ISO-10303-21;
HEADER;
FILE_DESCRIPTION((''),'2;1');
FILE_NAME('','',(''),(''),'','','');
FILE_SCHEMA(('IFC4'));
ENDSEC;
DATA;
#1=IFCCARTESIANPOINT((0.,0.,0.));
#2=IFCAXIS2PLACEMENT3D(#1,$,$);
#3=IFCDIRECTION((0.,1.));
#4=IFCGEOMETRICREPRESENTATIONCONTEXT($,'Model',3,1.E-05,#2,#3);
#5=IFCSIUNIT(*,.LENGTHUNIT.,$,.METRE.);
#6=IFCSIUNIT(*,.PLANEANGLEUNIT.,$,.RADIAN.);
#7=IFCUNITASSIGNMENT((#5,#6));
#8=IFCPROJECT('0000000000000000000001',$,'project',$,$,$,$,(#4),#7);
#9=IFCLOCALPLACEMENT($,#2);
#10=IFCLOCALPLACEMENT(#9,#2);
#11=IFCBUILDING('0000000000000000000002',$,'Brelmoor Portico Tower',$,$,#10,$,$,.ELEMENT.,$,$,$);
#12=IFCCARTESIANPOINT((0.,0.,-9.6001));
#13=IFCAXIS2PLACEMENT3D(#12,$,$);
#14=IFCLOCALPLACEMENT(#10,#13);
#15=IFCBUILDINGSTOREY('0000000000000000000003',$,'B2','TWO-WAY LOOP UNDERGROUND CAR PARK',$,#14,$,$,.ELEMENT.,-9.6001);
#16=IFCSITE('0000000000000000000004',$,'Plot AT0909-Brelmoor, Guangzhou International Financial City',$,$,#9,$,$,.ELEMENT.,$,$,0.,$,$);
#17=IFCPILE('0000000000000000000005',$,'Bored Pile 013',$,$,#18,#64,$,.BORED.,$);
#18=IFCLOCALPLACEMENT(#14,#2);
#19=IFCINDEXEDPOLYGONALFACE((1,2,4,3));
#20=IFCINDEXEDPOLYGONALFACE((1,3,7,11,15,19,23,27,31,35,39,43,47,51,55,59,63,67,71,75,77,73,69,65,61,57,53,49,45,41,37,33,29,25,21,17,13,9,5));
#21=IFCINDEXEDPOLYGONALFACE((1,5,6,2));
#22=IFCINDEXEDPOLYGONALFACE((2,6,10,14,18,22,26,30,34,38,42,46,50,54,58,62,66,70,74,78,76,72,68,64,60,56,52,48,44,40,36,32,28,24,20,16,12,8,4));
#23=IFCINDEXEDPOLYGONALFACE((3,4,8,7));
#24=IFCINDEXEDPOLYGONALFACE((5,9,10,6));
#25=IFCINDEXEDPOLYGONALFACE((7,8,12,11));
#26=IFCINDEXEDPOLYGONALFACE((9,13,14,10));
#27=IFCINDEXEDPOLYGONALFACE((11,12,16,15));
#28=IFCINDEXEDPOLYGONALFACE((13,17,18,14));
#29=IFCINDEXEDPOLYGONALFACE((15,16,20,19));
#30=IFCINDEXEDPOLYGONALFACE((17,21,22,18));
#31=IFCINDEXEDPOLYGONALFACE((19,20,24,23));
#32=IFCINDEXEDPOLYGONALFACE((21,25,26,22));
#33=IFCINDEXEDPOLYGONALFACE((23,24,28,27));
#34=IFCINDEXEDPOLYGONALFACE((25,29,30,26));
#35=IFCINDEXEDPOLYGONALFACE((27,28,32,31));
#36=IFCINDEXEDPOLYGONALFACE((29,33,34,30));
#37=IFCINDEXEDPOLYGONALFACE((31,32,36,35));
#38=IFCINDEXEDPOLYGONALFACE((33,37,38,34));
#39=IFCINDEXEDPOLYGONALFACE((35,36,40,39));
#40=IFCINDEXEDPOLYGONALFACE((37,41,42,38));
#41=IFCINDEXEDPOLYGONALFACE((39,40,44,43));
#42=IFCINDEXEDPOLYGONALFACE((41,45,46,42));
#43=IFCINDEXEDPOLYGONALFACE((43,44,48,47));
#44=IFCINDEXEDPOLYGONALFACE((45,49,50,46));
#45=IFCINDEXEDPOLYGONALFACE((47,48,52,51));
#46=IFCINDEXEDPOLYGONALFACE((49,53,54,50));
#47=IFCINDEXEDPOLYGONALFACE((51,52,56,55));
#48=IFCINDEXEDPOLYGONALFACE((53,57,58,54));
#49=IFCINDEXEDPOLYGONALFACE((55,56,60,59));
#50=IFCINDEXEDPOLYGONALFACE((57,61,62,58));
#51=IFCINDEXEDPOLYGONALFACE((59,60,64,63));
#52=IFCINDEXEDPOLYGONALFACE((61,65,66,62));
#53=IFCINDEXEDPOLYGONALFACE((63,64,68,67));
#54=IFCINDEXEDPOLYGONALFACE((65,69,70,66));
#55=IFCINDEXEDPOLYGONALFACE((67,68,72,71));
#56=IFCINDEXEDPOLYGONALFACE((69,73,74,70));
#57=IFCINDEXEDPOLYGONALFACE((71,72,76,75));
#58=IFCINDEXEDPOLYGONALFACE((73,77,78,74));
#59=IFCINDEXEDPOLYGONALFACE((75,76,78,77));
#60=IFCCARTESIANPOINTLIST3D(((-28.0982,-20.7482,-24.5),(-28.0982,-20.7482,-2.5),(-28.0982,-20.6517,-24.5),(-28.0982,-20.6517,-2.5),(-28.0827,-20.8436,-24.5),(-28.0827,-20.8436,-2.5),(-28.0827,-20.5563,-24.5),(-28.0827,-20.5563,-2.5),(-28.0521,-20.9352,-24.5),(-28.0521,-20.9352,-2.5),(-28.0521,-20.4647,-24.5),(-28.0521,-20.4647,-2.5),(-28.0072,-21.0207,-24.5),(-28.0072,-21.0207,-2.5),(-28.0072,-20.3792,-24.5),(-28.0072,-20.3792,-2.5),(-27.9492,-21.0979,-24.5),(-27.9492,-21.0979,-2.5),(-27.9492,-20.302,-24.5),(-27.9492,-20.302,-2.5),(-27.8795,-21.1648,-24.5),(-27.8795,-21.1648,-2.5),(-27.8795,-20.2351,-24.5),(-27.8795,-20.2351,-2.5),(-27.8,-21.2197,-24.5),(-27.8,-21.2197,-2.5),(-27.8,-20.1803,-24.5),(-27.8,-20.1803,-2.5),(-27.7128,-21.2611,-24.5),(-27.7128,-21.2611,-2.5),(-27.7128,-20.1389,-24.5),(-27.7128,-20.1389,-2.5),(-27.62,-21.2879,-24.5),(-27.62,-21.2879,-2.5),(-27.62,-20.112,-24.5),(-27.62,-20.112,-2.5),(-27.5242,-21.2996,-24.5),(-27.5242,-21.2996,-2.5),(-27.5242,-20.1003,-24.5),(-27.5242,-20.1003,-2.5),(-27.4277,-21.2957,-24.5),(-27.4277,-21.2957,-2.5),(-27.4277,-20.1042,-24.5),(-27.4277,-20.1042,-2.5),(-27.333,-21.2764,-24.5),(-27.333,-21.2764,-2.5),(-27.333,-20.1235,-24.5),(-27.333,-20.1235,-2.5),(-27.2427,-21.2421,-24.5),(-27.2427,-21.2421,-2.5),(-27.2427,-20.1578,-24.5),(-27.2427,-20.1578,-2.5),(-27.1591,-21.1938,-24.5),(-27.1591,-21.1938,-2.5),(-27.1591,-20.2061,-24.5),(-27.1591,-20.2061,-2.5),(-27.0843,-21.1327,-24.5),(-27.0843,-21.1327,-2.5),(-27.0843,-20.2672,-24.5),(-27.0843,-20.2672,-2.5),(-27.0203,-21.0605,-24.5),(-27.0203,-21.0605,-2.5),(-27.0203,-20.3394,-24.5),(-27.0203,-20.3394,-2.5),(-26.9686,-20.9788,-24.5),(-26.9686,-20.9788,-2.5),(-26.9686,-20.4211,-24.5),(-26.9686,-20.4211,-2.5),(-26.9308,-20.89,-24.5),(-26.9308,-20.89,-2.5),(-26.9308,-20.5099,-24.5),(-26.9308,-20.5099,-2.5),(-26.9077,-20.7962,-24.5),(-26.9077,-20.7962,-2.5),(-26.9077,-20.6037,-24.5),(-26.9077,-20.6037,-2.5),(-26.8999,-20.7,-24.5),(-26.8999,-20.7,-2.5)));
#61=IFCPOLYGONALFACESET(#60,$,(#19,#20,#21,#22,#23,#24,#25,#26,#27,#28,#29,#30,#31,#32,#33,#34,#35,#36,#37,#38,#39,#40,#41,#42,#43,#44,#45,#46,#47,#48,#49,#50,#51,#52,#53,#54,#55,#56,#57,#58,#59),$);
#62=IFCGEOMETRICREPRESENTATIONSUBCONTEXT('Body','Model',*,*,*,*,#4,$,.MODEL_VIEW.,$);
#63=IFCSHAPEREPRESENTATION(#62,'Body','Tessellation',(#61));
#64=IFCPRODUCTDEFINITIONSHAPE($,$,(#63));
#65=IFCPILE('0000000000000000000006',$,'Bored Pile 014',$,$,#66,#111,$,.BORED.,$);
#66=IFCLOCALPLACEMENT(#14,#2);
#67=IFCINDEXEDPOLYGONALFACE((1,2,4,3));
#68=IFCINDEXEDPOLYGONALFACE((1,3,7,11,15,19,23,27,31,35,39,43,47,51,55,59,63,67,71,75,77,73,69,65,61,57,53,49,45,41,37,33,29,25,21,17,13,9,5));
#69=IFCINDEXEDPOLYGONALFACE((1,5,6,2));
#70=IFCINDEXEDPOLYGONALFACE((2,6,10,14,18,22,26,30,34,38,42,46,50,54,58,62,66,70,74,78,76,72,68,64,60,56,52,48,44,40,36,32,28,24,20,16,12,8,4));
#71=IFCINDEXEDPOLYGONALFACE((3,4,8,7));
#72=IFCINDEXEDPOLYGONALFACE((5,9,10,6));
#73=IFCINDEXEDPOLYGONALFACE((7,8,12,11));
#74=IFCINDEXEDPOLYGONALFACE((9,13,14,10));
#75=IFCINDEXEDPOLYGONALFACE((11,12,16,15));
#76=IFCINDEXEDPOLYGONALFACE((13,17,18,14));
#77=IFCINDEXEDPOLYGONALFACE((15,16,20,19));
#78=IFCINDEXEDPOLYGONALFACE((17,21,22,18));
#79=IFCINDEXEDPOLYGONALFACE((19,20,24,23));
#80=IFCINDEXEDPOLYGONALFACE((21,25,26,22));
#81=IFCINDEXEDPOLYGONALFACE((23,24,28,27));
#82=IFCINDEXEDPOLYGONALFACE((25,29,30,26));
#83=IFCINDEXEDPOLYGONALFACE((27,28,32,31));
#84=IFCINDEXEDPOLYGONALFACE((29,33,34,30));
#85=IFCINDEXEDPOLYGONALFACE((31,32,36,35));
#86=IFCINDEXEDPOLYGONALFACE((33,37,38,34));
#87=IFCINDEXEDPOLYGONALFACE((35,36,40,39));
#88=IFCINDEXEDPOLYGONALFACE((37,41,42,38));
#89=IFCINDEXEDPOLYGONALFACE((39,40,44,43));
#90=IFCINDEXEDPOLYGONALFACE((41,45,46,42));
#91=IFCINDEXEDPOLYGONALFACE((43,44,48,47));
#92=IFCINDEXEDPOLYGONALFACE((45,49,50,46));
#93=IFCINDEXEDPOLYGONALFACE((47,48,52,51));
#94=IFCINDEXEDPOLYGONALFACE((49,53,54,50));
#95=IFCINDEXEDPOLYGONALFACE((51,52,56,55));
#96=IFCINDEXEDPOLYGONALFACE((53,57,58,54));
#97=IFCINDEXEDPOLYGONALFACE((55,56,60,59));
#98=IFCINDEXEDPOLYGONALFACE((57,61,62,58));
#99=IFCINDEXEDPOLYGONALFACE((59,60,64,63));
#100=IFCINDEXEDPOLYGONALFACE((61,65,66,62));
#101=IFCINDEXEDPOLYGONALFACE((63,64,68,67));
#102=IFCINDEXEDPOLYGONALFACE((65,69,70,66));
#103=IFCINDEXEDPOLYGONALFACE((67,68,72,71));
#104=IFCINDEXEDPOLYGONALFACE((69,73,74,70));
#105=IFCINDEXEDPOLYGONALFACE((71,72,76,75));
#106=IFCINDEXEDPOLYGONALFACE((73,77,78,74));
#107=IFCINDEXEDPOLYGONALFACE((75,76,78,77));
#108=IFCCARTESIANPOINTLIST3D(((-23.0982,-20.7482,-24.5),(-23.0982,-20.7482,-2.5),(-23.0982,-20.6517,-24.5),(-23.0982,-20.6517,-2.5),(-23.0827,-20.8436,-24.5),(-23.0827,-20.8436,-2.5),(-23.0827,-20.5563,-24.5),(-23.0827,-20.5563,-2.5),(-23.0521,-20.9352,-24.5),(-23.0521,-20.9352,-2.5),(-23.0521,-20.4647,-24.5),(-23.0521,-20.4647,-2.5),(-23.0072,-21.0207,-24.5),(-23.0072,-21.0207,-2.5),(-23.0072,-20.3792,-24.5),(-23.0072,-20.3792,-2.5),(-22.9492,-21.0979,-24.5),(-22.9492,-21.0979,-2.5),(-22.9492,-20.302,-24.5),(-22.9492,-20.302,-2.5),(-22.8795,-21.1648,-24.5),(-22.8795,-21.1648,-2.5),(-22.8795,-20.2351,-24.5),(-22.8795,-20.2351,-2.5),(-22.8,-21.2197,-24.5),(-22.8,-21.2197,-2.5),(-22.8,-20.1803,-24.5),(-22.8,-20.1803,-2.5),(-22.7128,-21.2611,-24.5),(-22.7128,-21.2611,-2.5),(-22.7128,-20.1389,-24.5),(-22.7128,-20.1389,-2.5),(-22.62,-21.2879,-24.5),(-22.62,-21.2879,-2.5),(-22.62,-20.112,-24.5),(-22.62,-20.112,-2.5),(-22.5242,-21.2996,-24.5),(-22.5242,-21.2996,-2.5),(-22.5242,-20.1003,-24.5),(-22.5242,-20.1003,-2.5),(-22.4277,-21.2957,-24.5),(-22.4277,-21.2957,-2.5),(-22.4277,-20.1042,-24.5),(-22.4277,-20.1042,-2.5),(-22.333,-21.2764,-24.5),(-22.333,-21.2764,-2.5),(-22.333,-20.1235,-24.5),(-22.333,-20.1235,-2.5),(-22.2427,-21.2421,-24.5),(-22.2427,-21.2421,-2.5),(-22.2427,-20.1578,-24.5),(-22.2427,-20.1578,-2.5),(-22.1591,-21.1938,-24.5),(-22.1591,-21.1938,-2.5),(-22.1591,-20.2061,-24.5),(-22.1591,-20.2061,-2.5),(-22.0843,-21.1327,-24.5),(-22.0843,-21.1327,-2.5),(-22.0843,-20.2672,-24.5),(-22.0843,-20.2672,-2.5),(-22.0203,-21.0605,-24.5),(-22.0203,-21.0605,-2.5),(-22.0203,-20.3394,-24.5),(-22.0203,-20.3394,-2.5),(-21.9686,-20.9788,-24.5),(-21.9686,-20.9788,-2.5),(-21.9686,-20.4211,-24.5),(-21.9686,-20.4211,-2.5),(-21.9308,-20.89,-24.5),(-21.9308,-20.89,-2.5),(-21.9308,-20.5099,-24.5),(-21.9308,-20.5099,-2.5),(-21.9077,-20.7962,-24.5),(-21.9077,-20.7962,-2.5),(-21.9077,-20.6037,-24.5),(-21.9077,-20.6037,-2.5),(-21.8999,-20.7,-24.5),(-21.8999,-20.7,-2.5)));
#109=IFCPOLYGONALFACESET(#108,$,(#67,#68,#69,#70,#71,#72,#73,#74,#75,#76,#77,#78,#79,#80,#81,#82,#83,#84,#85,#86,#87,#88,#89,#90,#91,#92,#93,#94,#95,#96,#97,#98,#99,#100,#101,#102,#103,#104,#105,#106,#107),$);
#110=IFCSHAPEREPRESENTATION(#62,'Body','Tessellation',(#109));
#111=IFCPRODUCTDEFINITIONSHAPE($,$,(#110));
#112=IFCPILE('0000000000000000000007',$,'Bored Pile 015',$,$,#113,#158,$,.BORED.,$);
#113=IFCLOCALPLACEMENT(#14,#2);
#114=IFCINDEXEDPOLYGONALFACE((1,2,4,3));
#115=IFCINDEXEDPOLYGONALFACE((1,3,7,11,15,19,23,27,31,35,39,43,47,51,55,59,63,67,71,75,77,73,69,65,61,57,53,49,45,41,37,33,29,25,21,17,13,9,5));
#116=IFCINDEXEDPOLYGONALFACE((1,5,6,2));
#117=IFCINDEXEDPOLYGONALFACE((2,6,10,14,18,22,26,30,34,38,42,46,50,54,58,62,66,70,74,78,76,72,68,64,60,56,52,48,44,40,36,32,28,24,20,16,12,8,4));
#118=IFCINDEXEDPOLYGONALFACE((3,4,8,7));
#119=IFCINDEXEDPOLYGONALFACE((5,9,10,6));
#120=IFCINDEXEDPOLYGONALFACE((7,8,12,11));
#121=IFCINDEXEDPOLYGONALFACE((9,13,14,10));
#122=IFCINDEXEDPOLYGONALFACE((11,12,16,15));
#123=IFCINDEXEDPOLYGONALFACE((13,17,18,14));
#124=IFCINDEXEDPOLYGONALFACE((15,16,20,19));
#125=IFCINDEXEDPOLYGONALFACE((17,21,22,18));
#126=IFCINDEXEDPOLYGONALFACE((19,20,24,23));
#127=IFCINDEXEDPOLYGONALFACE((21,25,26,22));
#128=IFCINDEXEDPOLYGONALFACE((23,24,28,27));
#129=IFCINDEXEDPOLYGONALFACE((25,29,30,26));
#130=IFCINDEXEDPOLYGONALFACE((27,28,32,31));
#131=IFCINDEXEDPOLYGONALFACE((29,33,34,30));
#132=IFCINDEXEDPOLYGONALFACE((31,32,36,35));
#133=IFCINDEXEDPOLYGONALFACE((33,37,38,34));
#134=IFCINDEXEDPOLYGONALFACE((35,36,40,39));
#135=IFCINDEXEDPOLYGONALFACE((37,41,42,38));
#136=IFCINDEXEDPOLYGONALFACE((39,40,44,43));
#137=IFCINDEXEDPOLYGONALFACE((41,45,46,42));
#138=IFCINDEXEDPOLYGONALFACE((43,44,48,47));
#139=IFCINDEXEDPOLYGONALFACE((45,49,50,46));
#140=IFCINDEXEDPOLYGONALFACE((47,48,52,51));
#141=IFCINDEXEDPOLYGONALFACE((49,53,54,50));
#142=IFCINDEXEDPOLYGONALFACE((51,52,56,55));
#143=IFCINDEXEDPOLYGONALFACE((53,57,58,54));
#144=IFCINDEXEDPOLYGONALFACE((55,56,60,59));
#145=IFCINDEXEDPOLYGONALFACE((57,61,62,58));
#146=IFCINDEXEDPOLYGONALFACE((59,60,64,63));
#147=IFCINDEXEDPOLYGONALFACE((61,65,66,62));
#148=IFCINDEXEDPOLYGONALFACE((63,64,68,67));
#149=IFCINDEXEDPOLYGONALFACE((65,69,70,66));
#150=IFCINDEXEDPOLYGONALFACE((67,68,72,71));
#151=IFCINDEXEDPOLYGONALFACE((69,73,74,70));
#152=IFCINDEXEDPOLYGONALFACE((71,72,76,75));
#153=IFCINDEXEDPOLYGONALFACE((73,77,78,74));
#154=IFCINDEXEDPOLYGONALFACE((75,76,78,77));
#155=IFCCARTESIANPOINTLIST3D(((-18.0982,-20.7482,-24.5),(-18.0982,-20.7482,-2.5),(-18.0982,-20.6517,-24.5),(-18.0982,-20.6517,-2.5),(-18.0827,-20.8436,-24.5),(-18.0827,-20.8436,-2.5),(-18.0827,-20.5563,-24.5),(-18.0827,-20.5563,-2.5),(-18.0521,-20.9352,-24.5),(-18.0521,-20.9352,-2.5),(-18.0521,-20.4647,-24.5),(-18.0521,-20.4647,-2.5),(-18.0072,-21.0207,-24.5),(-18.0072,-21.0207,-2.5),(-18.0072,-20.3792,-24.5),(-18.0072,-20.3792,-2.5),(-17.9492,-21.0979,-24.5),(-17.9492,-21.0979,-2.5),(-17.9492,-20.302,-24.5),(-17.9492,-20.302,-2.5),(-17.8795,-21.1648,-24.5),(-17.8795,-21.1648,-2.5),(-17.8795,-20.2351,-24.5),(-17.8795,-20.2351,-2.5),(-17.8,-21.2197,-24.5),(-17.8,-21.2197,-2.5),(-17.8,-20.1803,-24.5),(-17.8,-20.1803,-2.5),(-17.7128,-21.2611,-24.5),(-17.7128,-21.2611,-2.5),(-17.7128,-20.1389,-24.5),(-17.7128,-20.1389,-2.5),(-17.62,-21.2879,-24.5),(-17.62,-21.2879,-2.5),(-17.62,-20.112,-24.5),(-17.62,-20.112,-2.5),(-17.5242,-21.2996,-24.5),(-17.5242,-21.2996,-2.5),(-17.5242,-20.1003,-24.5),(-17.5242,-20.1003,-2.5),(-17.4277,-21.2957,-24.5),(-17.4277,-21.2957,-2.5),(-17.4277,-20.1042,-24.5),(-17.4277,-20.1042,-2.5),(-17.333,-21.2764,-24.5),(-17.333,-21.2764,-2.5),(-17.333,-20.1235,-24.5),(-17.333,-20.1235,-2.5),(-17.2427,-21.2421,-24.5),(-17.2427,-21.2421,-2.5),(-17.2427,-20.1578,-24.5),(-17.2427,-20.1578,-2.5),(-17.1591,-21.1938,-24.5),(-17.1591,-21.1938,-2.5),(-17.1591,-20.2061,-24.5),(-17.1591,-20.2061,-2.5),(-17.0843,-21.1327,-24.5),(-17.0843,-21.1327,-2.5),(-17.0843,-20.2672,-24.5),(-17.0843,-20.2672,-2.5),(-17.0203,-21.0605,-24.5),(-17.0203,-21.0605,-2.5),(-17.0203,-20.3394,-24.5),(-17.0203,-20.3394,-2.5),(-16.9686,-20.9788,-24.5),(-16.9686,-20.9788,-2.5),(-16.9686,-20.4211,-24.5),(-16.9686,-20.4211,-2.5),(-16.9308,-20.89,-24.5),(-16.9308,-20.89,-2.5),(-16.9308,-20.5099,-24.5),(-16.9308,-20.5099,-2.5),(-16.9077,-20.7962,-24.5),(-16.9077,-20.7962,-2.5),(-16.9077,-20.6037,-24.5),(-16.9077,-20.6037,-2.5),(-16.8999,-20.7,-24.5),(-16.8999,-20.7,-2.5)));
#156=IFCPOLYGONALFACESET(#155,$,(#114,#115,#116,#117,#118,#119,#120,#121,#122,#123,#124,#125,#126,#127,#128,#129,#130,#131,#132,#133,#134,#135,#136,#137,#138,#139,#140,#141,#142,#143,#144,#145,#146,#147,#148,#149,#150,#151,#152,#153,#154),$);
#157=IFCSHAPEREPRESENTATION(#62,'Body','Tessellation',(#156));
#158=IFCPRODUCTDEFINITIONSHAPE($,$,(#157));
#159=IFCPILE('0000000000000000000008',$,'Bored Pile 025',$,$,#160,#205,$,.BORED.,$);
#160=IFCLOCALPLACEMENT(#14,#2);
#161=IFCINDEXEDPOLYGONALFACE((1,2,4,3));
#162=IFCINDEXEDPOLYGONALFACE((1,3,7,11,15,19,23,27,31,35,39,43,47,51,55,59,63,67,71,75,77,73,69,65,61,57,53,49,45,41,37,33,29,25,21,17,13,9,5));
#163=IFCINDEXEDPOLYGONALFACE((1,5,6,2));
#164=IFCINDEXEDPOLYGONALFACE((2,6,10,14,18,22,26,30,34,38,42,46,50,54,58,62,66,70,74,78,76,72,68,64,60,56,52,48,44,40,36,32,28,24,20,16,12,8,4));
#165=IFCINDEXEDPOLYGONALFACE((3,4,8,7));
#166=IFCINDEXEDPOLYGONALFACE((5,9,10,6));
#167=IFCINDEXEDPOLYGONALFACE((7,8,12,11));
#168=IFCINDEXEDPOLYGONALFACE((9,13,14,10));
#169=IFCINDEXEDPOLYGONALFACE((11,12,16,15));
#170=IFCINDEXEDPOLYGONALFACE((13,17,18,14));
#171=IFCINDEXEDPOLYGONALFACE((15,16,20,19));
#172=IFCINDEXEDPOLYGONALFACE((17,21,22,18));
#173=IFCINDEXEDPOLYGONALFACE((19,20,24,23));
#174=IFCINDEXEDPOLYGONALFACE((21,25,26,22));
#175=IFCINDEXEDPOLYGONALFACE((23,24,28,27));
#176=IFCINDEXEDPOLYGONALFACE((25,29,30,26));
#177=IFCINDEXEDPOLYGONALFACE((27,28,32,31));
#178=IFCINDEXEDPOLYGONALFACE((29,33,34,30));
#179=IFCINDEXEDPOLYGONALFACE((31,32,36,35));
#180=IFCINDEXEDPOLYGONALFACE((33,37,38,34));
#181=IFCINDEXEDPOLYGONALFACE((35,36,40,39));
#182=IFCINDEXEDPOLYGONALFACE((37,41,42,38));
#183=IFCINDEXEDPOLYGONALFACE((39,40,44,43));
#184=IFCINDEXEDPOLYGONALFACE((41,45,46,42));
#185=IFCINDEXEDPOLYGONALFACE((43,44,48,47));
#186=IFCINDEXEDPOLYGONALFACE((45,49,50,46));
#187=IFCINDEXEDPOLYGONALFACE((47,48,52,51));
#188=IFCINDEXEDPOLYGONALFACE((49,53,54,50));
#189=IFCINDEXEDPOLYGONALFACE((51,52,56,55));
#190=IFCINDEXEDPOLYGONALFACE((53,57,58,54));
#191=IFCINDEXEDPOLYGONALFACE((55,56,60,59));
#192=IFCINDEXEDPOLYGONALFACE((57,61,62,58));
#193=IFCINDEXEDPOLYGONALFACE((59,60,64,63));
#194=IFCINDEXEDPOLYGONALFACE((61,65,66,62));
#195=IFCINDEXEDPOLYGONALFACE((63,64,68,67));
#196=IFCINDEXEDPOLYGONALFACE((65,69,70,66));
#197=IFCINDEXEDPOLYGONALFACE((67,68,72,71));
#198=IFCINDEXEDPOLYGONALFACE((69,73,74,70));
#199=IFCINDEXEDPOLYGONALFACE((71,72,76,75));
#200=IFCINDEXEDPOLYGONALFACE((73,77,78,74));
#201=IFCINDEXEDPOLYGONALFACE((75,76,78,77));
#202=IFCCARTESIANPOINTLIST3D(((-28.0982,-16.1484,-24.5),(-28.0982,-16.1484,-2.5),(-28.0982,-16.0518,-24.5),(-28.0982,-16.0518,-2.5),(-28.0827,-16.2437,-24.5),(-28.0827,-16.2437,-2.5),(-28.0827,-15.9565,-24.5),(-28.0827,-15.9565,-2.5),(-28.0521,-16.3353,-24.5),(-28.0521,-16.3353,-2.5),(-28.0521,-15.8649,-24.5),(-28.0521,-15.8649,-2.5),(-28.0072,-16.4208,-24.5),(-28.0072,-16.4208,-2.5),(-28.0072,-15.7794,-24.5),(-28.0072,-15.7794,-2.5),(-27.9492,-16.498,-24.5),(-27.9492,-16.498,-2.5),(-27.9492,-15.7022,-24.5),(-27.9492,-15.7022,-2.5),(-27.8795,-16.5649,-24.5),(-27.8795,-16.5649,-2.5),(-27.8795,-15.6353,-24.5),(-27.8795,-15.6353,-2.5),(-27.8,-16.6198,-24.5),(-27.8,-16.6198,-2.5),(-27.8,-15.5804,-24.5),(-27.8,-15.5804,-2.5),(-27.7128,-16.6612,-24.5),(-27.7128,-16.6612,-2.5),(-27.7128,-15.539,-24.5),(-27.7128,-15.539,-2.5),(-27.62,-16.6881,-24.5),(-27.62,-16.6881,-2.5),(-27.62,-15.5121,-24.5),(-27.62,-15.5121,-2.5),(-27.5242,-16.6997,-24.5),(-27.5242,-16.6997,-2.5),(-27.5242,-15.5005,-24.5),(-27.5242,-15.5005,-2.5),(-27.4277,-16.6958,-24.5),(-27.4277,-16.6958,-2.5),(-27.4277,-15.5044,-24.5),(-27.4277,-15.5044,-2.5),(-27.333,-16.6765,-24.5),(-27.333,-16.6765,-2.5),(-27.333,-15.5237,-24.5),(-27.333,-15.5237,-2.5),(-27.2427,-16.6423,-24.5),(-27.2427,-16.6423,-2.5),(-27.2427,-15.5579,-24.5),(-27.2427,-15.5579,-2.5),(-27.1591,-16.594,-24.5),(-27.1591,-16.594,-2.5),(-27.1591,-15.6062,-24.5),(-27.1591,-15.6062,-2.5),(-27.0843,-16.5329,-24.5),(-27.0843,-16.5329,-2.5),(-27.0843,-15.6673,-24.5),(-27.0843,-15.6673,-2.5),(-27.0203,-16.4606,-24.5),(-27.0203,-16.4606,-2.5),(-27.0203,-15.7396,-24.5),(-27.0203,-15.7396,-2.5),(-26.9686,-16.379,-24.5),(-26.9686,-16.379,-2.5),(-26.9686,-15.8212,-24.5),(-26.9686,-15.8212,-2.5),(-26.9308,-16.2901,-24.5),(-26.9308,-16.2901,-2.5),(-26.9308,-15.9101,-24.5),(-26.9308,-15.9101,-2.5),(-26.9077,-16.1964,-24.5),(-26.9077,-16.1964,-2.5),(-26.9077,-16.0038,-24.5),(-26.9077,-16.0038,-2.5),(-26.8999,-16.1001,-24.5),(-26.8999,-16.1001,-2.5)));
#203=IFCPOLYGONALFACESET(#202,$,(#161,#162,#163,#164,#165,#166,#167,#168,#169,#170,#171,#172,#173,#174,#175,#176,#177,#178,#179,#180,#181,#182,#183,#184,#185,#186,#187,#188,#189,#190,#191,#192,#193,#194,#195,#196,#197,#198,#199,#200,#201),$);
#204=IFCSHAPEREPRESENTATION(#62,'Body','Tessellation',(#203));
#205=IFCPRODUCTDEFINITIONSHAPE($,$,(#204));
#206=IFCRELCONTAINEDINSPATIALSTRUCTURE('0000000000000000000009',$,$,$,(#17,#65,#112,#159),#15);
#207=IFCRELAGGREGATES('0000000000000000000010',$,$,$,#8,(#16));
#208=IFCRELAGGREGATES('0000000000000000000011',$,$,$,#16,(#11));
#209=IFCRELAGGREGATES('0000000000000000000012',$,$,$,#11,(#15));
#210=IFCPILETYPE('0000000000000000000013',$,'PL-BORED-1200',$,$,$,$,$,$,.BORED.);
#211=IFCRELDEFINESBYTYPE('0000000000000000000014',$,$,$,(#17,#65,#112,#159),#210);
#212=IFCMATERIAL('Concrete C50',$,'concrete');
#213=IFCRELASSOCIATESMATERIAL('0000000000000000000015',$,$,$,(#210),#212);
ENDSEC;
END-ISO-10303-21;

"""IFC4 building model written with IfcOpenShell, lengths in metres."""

from ifc_helpers import new_model, si_unit, direction, frame, origin, origin_2d, place, context, subcontext, project, spatial, circle, extrude, material, material_profile, profile_set, type_object, element, save


model = new_model("IFC4")

# Units and contexts
model_context = context("Model", 3, precision=1e-05, world=origin(), true_north=direction((0.0, 1.0)))
body_context = subcontext(model_context, "Body", "Model", "MODEL_VIEW")
ifc_project = project(units=[si_unit("LENGTHUNIT", "METRE"), si_unit("PLANEANGLEUNIT", "RADIAN")], contexts=[model_context])

# Site, building, storey
site_placement = place(None, origin())
site = spatial("IfcSite", under=ifc_project, at=site_placement, Name="Plot AT0909-Brelmoor, Guangzhou International Financial City", CompositionType="ELEMENT", RefElevation=0.0)
building_placement = place(site_placement, origin())
building = spatial("IfcBuilding", under=site, at=building_placement, Name="Brelmoor Portico Tower", CompositionType="ELEMENT")
storey_placement = place(building_placement, frame((0.0, 0.0, -9.6001)))
storey = spatial("IfcBuildingStorey", under=building, at=storey_placement, Name="B2", Description="TWO-WAY LOOP UNDERGROUND CAR PARK", CompositionType="ELEMENT", Elevation=-9.6001)

# Shared definitions
ifc_material_1 = material(Name="Concrete C50", Category="concrete")

# Piles
ifc_material_profile_1 = material_profile(ifc_material_1, circle(Radius=0.6001, at=origin_2d()), Name="BORED PILE D1200")
ifc_profile_set_1 = profile_set([ifc_material_profile_1], Name="Concrete C50")
pile_type = type_object("IfcPileType", Name="PL-BORED-1200", PredefinedType="BORED", material=ifc_profile_set_1)
for number, where, z_axis, x_axis, name in (
    (1, (-27.5, -20.7, -2.5), (0.0, 0.0, -1.0), (1.0, 0.0, 0.0), "Bored Pile 013"),
    (2, (-22.5, -20.7, -2.5), (0.0, 0.0, -1.0), (1.0, 0.0, 0.0), "Bored Pile 014"),
    (3, (-17.5, -20.7, -2.5), (0.0, 0.0, -1.0), (1.0, 0.0, 0.0), "Bored Pile 015"),
    (4, (-27.5, -16.1001, -2.5), (0.0, 0.0, -1.0), (1.0, 0.0, 0.0), "Bored Pile 025"),
):
    element("IfcPile", number, at=place(storey_placement, frame(where, z_axis=z_axis, x_axis=x_axis)), inside=storey, type_object=pile_type, Name=name, PredefinedType="BORED", context=body_context, shape_type="SweptSolid", body=[
        extrude(circle(Radius=0.6001, at=origin_2d()), origin(), (0.0, 0.0, 1.0), 22.0),
    ])

save(model, "model.ifc")
